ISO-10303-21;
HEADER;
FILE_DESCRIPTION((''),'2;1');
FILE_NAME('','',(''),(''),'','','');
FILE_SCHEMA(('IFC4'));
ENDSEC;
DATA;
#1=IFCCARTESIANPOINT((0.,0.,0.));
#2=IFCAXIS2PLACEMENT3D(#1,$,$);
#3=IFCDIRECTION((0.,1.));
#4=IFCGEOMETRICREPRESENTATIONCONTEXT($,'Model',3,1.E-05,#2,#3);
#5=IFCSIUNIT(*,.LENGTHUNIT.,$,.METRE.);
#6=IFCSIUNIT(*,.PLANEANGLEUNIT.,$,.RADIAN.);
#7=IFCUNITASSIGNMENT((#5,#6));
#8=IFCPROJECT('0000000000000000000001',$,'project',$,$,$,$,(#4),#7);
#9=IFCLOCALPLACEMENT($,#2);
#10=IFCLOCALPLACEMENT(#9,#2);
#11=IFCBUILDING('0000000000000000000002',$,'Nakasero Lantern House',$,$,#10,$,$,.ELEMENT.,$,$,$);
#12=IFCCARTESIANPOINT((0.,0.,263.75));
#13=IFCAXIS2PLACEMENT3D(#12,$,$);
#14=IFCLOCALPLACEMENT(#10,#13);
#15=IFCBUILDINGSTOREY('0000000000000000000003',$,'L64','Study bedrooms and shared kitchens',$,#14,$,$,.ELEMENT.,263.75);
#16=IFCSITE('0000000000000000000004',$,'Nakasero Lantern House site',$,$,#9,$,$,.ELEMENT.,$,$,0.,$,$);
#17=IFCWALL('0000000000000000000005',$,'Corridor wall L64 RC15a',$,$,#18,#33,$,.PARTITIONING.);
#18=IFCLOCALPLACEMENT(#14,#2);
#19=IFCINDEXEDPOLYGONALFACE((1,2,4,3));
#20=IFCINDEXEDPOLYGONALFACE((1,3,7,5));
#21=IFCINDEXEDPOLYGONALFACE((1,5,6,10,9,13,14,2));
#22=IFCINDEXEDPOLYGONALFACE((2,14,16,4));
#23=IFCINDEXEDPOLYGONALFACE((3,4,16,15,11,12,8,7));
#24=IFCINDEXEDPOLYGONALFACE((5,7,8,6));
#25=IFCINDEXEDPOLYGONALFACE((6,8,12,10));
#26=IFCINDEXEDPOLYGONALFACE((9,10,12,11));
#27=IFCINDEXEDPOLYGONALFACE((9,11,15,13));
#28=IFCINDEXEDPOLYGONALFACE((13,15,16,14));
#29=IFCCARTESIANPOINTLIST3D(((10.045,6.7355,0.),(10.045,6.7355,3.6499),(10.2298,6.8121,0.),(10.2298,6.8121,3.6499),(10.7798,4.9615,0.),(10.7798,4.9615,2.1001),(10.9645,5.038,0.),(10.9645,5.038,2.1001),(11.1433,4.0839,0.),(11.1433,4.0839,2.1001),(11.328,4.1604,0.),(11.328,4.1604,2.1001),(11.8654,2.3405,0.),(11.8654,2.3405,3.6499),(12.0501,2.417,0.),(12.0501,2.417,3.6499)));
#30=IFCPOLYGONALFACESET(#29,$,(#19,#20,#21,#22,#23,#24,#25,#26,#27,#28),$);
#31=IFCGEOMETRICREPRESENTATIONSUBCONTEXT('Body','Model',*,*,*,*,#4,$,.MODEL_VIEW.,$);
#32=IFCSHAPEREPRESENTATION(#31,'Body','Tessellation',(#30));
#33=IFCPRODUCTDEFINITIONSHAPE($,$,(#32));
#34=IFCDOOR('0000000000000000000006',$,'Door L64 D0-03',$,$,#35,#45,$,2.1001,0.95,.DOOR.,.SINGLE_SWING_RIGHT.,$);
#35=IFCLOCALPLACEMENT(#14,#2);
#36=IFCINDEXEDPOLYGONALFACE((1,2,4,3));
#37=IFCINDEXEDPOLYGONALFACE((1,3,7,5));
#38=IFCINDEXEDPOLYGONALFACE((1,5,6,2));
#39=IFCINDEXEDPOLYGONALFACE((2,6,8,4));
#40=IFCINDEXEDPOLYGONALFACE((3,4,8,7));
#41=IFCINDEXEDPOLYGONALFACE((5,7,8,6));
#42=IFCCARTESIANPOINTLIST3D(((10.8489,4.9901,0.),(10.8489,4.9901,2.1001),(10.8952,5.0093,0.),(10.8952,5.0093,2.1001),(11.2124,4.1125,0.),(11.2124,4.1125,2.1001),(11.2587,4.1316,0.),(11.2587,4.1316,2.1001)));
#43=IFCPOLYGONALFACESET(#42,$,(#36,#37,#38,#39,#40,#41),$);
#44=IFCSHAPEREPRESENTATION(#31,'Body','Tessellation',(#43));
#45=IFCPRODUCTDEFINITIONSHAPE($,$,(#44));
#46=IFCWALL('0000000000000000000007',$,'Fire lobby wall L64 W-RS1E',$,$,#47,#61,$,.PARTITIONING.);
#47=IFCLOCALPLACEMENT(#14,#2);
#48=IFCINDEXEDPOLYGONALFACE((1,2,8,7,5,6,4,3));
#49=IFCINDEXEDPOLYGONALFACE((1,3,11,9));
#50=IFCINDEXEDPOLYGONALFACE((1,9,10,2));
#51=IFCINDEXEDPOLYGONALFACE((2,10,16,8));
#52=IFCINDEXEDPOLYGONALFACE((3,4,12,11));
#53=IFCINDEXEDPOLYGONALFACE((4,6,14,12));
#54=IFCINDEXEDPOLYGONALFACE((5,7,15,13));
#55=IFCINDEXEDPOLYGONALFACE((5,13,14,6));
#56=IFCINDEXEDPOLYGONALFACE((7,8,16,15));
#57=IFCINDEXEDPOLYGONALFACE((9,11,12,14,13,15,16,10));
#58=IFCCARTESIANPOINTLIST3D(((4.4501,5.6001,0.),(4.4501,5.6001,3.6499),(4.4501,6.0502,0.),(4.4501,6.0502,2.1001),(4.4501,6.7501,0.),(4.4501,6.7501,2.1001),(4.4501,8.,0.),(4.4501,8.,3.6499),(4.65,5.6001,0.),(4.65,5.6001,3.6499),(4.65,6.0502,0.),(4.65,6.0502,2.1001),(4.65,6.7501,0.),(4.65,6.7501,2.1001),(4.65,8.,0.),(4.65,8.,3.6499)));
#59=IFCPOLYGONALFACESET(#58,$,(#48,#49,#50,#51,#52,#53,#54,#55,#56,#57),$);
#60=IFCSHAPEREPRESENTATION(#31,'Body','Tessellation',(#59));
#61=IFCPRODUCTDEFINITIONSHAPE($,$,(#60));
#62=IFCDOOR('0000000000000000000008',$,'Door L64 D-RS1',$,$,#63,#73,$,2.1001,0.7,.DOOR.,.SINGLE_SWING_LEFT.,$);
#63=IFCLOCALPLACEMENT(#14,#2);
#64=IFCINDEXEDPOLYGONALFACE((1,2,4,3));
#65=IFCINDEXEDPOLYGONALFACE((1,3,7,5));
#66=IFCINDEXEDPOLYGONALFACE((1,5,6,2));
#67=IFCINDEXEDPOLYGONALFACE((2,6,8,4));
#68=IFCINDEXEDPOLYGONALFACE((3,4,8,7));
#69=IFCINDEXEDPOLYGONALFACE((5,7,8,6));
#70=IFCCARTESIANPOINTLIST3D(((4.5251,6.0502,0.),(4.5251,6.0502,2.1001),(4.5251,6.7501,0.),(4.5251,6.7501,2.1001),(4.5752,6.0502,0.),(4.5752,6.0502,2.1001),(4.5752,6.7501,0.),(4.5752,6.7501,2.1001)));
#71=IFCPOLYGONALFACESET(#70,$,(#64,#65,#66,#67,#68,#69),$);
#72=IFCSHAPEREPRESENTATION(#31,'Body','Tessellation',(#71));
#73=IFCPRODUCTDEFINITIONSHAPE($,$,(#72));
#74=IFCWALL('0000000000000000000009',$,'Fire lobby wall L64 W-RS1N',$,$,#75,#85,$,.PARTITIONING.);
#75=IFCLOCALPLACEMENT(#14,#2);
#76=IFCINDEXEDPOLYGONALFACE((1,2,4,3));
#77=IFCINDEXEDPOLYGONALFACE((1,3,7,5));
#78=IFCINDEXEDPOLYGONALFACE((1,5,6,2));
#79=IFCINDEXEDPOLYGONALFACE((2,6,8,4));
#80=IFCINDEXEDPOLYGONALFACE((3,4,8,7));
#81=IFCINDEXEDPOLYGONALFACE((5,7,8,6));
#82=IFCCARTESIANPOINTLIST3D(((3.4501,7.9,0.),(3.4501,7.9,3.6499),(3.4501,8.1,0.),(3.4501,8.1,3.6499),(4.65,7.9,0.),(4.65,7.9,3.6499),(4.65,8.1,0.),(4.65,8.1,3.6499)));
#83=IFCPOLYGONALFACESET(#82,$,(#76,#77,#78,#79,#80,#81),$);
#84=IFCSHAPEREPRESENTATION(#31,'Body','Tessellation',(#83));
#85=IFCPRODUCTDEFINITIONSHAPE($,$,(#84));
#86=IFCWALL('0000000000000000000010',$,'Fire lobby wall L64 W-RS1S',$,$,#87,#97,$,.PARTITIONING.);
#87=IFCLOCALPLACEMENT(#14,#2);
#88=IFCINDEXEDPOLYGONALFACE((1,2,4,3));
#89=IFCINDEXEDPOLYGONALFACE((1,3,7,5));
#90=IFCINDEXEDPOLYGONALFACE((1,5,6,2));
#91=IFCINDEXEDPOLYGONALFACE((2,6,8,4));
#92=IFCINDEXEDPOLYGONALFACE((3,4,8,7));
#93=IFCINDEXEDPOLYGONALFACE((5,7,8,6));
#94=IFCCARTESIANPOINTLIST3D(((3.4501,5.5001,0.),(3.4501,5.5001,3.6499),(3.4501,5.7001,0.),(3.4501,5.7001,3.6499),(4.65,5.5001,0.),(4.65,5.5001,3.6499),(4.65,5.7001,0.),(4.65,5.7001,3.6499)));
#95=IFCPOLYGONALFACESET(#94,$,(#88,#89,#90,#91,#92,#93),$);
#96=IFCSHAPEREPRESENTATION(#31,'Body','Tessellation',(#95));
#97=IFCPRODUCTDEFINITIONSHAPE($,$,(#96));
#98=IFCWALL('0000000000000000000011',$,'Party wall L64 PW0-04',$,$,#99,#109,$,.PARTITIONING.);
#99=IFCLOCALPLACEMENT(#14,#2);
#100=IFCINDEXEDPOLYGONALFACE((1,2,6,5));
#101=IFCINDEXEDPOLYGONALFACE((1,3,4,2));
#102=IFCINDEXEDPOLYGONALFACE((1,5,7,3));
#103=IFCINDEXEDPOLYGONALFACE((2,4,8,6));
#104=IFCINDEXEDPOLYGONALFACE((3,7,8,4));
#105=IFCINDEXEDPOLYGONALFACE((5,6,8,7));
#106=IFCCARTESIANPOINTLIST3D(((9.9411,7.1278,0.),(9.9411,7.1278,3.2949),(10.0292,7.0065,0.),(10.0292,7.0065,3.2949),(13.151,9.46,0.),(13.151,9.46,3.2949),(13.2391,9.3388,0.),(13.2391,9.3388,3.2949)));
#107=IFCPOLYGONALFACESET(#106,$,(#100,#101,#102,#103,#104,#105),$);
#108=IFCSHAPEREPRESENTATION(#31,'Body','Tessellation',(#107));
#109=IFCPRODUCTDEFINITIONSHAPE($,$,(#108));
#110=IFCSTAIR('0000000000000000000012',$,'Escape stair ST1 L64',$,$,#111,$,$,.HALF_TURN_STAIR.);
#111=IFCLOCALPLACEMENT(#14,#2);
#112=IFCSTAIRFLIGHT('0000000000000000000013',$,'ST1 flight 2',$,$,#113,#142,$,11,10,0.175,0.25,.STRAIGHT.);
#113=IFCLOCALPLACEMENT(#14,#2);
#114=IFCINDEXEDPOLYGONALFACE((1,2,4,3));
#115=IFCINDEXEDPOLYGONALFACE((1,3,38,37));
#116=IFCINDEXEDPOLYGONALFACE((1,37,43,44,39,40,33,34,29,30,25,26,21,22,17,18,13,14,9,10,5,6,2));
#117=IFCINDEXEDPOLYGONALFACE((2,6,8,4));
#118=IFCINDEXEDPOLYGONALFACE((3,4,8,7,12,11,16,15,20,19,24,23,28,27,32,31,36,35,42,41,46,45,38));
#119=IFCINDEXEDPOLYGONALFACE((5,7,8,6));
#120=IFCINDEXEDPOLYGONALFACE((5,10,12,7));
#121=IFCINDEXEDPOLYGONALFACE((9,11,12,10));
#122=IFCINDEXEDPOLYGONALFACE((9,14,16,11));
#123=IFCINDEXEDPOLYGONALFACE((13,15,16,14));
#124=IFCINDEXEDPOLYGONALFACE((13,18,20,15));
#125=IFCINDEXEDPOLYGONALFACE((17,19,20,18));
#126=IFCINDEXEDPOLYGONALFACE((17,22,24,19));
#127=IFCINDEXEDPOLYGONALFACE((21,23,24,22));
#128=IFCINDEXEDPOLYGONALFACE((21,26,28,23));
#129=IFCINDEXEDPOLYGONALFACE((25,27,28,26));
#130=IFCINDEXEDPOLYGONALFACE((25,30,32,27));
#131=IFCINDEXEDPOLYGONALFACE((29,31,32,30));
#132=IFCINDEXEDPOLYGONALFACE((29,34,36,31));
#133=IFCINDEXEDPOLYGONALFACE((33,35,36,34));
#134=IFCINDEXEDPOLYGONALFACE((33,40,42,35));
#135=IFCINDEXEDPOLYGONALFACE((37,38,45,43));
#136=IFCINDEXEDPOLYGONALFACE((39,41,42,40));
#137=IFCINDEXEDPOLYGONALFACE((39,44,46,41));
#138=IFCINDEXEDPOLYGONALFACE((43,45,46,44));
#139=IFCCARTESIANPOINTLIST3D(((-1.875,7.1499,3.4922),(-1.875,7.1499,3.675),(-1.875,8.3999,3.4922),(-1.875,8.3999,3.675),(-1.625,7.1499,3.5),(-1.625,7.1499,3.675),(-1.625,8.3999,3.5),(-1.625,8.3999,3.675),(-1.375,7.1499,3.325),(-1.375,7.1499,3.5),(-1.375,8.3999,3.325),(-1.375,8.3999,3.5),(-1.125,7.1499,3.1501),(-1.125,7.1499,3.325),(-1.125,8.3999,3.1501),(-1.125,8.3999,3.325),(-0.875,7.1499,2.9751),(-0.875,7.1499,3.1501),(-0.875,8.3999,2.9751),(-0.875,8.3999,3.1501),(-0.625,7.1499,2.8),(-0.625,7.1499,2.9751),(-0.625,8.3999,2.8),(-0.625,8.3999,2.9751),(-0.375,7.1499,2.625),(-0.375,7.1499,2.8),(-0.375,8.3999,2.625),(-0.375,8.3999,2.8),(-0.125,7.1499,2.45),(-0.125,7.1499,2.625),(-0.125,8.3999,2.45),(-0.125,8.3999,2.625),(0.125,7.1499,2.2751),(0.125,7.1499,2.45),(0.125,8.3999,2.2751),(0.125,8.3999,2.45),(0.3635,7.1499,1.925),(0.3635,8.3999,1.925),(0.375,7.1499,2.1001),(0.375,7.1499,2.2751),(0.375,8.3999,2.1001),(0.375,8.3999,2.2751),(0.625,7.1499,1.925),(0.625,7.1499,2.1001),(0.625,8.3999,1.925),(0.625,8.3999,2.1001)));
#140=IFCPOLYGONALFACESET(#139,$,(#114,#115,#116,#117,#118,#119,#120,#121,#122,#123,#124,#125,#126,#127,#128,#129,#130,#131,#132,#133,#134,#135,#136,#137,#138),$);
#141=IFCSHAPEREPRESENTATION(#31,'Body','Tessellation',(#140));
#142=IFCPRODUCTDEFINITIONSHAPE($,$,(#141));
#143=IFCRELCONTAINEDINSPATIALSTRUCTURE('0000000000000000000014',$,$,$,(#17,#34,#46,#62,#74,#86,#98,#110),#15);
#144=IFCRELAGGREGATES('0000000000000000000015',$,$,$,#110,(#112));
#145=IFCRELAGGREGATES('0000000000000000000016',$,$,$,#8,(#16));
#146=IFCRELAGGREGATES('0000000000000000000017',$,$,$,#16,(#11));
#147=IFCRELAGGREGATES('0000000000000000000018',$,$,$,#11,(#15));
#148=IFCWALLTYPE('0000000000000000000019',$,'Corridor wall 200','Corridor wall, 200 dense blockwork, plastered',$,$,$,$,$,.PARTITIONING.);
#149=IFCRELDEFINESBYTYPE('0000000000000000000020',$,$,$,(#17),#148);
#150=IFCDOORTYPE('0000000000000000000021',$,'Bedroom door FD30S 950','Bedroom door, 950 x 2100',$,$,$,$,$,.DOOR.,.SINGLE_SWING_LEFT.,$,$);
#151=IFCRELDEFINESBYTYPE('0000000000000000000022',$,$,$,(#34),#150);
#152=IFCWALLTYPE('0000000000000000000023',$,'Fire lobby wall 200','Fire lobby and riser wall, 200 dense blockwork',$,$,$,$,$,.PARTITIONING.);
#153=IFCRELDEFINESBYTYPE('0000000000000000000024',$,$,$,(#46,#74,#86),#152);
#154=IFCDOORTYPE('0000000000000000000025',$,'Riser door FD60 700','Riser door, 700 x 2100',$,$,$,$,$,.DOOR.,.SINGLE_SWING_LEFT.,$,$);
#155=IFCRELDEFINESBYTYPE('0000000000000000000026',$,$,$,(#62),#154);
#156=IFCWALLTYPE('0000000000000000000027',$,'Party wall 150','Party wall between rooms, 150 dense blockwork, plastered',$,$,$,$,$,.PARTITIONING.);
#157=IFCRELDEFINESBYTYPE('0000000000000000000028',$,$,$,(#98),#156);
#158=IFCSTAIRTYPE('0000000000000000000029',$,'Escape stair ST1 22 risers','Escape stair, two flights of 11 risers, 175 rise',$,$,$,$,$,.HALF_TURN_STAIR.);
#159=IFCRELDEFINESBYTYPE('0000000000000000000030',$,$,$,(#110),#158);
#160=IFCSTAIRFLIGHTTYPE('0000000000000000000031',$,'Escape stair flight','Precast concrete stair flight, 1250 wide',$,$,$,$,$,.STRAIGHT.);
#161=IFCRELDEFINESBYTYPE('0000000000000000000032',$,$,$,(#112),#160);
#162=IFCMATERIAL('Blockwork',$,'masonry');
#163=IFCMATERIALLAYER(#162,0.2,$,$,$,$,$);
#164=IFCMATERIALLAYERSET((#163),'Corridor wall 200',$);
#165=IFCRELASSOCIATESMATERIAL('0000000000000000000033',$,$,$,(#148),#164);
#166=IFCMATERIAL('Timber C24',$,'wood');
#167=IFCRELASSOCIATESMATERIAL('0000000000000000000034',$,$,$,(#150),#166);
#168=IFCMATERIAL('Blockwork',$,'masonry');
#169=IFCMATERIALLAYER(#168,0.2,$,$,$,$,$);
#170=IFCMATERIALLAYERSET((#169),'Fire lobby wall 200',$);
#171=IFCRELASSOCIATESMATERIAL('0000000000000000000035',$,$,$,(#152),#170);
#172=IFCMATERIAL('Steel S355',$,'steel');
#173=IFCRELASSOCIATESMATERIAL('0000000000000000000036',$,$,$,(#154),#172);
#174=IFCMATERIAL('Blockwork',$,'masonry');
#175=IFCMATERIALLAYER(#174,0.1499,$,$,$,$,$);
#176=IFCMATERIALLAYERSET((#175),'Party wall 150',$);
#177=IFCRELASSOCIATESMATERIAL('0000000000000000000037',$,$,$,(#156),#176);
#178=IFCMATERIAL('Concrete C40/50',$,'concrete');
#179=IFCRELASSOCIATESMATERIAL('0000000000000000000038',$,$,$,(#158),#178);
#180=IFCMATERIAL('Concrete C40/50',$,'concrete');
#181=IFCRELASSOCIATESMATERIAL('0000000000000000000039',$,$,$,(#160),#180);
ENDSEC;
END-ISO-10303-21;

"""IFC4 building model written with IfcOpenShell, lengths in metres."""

from ifc_helpers import new_model, si_unit, direction, frame, frame_2d, origin, place, context, subcontext, project, spatial, polyline, rectangle, outline, extrude, material, layer, layer_set, type_object, element, fill, aggregate, save


model = new_model("IFC4")

# Units and contexts
model_context = context("Model", 3, precision=1e-05, world=origin(), true_north=direction((0.0, 1.0)))
body_context = subcontext(model_context, "Body", "Model", "MODEL_VIEW")
ifc_project = project(units=[si_unit("LENGTHUNIT", "METRE"), si_unit("PLANEANGLEUNIT", "RADIAN")], contexts=[model_context])

# Site, building, storey
site_placement = place(None, origin())
site = spatial("IfcSite", under=ifc_project, at=site_placement, Name="Nakasero Lantern House site", CompositionType="ELEMENT", RefElevation=0.0)
building_placement = place(site_placement, origin())
building = spatial("IfcBuilding", under=site, at=building_placement, Name="Nakasero Lantern House", CompositionType="ELEMENT")
storey_placement = place(building_placement, frame((0.0, 0.0, 263.75)))
storey = spatial("IfcBuildingStorey", under=building, at=storey_placement, Name="L64", Description="Study bedrooms and shared kitchens", CompositionType="ELEMENT", Elevation=263.75)

# Walls, openings, doors
ifc_material_1 = material(Name="Blockwork", Category="masonry")
ifc_layer_1 = layer(ifc_material_1, 0.2)
ifc_layer_set_1 = layer_set([ifc_layer_1], Name="Corridor wall 200")
wall_type_1 = type_object("IfcWallType", Name="Corridor wall 200", Description="Corridor wall, 200 dense blockwork, plastered", PredefinedType="PARTITIONING", material=ifc_layer_set_1)
wall_1_placement = place(storey_placement, frame((10.1375, 6.7737, 0.0), z_axis=(0.0, 0.0, 1.0), x_axis=(0.382654, -0.923892, 0.0)))
wall_1 = element("IfcWall", 1, at=wall_1_placement, inside=storey, type_object=wall_type_1, Name="Corridor wall L64 RC15a", PredefinedType="PARTITIONING", context=body_context, shape_type="SweptSolid", body=[
    extrude(rectangle(XDim=4.7571, YDim=0.2, at=frame_2d((2.3784, 0.0))), origin(), (0.0, 0.0, 1.0), 3.6499),
])
opening_1_placement = place(wall_1_placement, frame((1.9199, 0.0, 0.0)))
opening_1 = element("IfcOpeningElement", 2, at=opening_1_placement, cuts=wall_1, PredefinedType="OPENING", context=body_context, shape_type="SweptSolid", body=[
    extrude(rectangle(XDim=0.95, YDim=2.1001, at=frame_2d((0.4751, 1.05))), frame((0.0, 0.1199, 0.0), z_axis=(0.0, -1.0, 0.0), x_axis=(1.0, 0.0, 0.0)), (0.0, 0.0, 1.0), 0.24),
])
ifc_material_2 = material(Name="Timber C24", Category="wood")
door_type_1 = type_object("IfcDoorType", Name="Bedroom door FD30S 950", Description="Bedroom door, 950 x 2100", OperationType="SINGLE_SWING_LEFT", PredefinedType="DOOR", material=ifc_material_2)
door_1_placement = place(opening_1_placement, origin())
door_1 = element("IfcDoor", 3, at=door_1_placement, inside=storey, type_object=door_type_1, Name="Door L64 D0-03", OperationType="SINGLE_SWING_RIGHT", OverallHeight=2.1001, OverallWidth=0.95, PredefinedType="DOOR", context=body_context, shape_type="SweptSolid", body=[
    extrude(rectangle(XDim=0.95, YDim=2.1001, at=frame_2d((0.4751, 1.05))), frame((0.0, 0.0249, 0.0), z_axis=(0.0, -1.0, 0.0), x_axis=(1.0, 0.0, 0.0)), (0.0, 0.0, 1.0), 0.05),
])
fill(opening_1, door_1)
ifc_material_3 = material(Name="Blockwork", Category="masonry")
ifc_layer_2 = layer(ifc_material_3, 0.2)
ifc_layer_set_2 = layer_set([ifc_layer_2], Name="Fire lobby wall 200")
wall_type_2 = type_object("IfcWallType", Name="Fire lobby wall 200", Description="Fire lobby and riser wall, 200 dense blockwork", PredefinedType="PARTITIONING", material=ifc_layer_set_2)
wall_2_placement = place(storey_placement, frame((4.55, 5.6001, 0.0), z_axis=(0.0, 0.0, 1.0), x_axis=(0.0, 1.0, 0.0)))
wall_2 = element("IfcWall", 4, at=wall_2_placement, inside=storey, type_object=wall_type_2, Name="Fire lobby wall L64 W-RS1E", PredefinedType="PARTITIONING", context=body_context, shape_type="SweptSolid", body=[
    extrude(rectangle(XDim=2.3999, YDim=0.2, at=frame_2d((1.2, 0.0))), origin(), (0.0, 0.0, 1.0), 3.6499),
])
opening_2_placement = place(wall_2_placement, frame((0.45, 0.0, 0.0)))
opening_2 = element("IfcOpeningElement", 5, at=opening_2_placement, cuts=wall_2, PredefinedType="OPENING", context=body_context, shape_type="SweptSolid", body=[
    extrude(rectangle(XDim=0.7, YDim=2.1001, at=frame_2d((0.3501, 1.05))), frame((0.0, 0.1199, 0.0), z_axis=(0.0, -1.0, 0.0), x_axis=(1.0, 0.0, 0.0)), (0.0, 0.0, 1.0), 0.24),
])
ifc_material_4 = material(Name="Steel S355", Category="steel")
door_type_2 = type_object("IfcDoorType", Name="Riser door FD60 700", Description="Riser door, 700 x 2100", OperationType="SINGLE_SWING_LEFT", PredefinedType="DOOR", material=ifc_material_4)
door_2_placement = place(opening_2_placement, origin())
door_2 = element("IfcDoor", 6, at=door_2_placement, inside=storey, type_object=door_type_2, Name="Door L64 D-RS1", OperationType="SINGLE_SWING_LEFT", OverallHeight=2.1001, OverallWidth=0.7, PredefinedType="DOOR", context=body_context, shape_type="SweptSolid", body=[
    extrude(rectangle(XDim=0.7, YDim=2.1001, at=frame_2d((0.3501, 1.05))), frame((0.0, 0.0249, 0.0), z_axis=(0.0, -1.0, 0.0), x_axis=(1.0, 0.0, 0.0)), (0.0, 0.0, 1.0), 0.05),
])
fill(opening_2, door_2)

# Walls
for number, where, z_axis, x_axis, name in (
    (7, (3.45, 8.0, 0.0), (0.0, 0.0, 1.0), (1.0, 0.0, 0.0), "Fire lobby wall L64 W-RS1N"),
    (8, (3.45, 5.6001, 0.0), (0.0, 0.0, 1.0), (1.0, 0.0, 0.0), "Fire lobby wall L64 W-RS1S"),
):
    element("IfcWall", number, at=place(storey_placement, frame(where, z_axis=z_axis, x_axis=x_axis)), inside=storey, type_object=wall_type_2, Name=name, PredefinedType="PARTITIONING", context=body_context, shape_type="SweptSolid", body=[
        extrude(rectangle(XDim=1.2, YDim=0.2, at=frame_2d((0.6001, 0.0))), origin(), (0.0, 0.0, 1.0), 3.6499),
    ])
ifc_material_5 = material(Name="Blockwork", Category="masonry")
ifc_layer_3 = layer(ifc_material_5, 0.1499)
ifc_layer_set_3 = layer_set([ifc_layer_3], Name="Party wall 150")
wall_type_3 = type_object("IfcWallType", Name="Party wall 150", Description="Party wall between rooms, 150 dense blockwork, plastered", PredefinedType="PARTITIONING", material=ifc_layer_set_3)
wall_3_placement = place(storey_placement, frame((9.9851, 7.0671, 0.0), z_axis=(0.0, 0.0, 1.0), x_axis=(0.809005, 0.587802, 0.0)))
element("IfcWall", 9, at=wall_3_placement, inside=storey, type_object=wall_type_3, Name="Party wall L64 PW0-04", PredefinedType="PARTITIONING", context=body_context, shape_type="SweptSolid", body=[
    extrude(rectangle(XDim=3.9678, YDim=0.1499, at=frame_2d((1.9839, 0.0))), origin(), (0.0, 0.0, 1.0), 3.2949),
])

# Stair, stair flight
ifc_material_6 = material(Name="Concrete C40/50", Category="concrete")
stair_type_1 = type_object("IfcStairType", Name="Escape stair ST1 22 risers", Description="Escape stair, two flights of 11 risers, 175 rise", PredefinedType="HALF_TURN_STAIR", material=ifc_material_6)
stair_1_placement = place(storey_placement, origin())
stair_1 = element("IfcStair", 10, at=stair_1_placement, inside=storey, type_object=stair_type_1, Name="Escape stair ST1 L64", PredefinedType="HALF_TURN_STAIR")
ifc_material_7 = material(Name="Concrete C40/50", Category="concrete")
stair_flight_type = type_object("IfcStairFlightType", Name="Escape stair flight", Description="Precast concrete stair flight, 1250 wide", PredefinedType="STRAIGHT", material=ifc_material_7)
stair_flight_placement = place(storey_placement, frame((0.625, 7.7749, 1.925), z_axis=(0.0, 0.0, 1.0), x_axis=(-1.0, 0.0, 0.0)))
stair_flight = element("IfcStairFlight", 11, at=stair_flight_placement, type_object=stair_flight_type, Name="ST1 flight 2", NumberOfRisers=11, NumberOfTreads=10, PredefinedType="STRAIGHT", RiserHeight=0.175, TreadLength=0.25, context=body_context, shape_type="SweptSolid", body=[
    extrude(outline(polyline([(0.0, 0.0), (0.0, 0.175), (0.25, 0.175), (0.25, 0.3501), (0.5, 0.3501), (0.5, 0.5249), (0.75, 0.5249), (0.75, 0.7), (1.0, 0.7), (1.0, 0.875), (1.25, 0.875), (1.25, 1.05), (1.5, 1.05), (1.5, 1.2251), (1.75, 1.2251), (1.75, 1.3999), (2.0, 1.3999), (2.0, 1.575), (2.25, 1.575), (2.25, 1.75), (2.5, 1.75), (2.5, 1.925), (2.5, 1.5671), (0.2615, 0.0), (0.0, 0.0)])), frame((0.0, 0.625, 0.0), z_axis=(0.0, -1.0, 0.0), x_axis=(1.0, 0.0, 0.0)), (0.0, 0.0, 1.0), 1.25),
])
aggregate(stair_1, [stair_flight])

save(model, "model.ifc")
